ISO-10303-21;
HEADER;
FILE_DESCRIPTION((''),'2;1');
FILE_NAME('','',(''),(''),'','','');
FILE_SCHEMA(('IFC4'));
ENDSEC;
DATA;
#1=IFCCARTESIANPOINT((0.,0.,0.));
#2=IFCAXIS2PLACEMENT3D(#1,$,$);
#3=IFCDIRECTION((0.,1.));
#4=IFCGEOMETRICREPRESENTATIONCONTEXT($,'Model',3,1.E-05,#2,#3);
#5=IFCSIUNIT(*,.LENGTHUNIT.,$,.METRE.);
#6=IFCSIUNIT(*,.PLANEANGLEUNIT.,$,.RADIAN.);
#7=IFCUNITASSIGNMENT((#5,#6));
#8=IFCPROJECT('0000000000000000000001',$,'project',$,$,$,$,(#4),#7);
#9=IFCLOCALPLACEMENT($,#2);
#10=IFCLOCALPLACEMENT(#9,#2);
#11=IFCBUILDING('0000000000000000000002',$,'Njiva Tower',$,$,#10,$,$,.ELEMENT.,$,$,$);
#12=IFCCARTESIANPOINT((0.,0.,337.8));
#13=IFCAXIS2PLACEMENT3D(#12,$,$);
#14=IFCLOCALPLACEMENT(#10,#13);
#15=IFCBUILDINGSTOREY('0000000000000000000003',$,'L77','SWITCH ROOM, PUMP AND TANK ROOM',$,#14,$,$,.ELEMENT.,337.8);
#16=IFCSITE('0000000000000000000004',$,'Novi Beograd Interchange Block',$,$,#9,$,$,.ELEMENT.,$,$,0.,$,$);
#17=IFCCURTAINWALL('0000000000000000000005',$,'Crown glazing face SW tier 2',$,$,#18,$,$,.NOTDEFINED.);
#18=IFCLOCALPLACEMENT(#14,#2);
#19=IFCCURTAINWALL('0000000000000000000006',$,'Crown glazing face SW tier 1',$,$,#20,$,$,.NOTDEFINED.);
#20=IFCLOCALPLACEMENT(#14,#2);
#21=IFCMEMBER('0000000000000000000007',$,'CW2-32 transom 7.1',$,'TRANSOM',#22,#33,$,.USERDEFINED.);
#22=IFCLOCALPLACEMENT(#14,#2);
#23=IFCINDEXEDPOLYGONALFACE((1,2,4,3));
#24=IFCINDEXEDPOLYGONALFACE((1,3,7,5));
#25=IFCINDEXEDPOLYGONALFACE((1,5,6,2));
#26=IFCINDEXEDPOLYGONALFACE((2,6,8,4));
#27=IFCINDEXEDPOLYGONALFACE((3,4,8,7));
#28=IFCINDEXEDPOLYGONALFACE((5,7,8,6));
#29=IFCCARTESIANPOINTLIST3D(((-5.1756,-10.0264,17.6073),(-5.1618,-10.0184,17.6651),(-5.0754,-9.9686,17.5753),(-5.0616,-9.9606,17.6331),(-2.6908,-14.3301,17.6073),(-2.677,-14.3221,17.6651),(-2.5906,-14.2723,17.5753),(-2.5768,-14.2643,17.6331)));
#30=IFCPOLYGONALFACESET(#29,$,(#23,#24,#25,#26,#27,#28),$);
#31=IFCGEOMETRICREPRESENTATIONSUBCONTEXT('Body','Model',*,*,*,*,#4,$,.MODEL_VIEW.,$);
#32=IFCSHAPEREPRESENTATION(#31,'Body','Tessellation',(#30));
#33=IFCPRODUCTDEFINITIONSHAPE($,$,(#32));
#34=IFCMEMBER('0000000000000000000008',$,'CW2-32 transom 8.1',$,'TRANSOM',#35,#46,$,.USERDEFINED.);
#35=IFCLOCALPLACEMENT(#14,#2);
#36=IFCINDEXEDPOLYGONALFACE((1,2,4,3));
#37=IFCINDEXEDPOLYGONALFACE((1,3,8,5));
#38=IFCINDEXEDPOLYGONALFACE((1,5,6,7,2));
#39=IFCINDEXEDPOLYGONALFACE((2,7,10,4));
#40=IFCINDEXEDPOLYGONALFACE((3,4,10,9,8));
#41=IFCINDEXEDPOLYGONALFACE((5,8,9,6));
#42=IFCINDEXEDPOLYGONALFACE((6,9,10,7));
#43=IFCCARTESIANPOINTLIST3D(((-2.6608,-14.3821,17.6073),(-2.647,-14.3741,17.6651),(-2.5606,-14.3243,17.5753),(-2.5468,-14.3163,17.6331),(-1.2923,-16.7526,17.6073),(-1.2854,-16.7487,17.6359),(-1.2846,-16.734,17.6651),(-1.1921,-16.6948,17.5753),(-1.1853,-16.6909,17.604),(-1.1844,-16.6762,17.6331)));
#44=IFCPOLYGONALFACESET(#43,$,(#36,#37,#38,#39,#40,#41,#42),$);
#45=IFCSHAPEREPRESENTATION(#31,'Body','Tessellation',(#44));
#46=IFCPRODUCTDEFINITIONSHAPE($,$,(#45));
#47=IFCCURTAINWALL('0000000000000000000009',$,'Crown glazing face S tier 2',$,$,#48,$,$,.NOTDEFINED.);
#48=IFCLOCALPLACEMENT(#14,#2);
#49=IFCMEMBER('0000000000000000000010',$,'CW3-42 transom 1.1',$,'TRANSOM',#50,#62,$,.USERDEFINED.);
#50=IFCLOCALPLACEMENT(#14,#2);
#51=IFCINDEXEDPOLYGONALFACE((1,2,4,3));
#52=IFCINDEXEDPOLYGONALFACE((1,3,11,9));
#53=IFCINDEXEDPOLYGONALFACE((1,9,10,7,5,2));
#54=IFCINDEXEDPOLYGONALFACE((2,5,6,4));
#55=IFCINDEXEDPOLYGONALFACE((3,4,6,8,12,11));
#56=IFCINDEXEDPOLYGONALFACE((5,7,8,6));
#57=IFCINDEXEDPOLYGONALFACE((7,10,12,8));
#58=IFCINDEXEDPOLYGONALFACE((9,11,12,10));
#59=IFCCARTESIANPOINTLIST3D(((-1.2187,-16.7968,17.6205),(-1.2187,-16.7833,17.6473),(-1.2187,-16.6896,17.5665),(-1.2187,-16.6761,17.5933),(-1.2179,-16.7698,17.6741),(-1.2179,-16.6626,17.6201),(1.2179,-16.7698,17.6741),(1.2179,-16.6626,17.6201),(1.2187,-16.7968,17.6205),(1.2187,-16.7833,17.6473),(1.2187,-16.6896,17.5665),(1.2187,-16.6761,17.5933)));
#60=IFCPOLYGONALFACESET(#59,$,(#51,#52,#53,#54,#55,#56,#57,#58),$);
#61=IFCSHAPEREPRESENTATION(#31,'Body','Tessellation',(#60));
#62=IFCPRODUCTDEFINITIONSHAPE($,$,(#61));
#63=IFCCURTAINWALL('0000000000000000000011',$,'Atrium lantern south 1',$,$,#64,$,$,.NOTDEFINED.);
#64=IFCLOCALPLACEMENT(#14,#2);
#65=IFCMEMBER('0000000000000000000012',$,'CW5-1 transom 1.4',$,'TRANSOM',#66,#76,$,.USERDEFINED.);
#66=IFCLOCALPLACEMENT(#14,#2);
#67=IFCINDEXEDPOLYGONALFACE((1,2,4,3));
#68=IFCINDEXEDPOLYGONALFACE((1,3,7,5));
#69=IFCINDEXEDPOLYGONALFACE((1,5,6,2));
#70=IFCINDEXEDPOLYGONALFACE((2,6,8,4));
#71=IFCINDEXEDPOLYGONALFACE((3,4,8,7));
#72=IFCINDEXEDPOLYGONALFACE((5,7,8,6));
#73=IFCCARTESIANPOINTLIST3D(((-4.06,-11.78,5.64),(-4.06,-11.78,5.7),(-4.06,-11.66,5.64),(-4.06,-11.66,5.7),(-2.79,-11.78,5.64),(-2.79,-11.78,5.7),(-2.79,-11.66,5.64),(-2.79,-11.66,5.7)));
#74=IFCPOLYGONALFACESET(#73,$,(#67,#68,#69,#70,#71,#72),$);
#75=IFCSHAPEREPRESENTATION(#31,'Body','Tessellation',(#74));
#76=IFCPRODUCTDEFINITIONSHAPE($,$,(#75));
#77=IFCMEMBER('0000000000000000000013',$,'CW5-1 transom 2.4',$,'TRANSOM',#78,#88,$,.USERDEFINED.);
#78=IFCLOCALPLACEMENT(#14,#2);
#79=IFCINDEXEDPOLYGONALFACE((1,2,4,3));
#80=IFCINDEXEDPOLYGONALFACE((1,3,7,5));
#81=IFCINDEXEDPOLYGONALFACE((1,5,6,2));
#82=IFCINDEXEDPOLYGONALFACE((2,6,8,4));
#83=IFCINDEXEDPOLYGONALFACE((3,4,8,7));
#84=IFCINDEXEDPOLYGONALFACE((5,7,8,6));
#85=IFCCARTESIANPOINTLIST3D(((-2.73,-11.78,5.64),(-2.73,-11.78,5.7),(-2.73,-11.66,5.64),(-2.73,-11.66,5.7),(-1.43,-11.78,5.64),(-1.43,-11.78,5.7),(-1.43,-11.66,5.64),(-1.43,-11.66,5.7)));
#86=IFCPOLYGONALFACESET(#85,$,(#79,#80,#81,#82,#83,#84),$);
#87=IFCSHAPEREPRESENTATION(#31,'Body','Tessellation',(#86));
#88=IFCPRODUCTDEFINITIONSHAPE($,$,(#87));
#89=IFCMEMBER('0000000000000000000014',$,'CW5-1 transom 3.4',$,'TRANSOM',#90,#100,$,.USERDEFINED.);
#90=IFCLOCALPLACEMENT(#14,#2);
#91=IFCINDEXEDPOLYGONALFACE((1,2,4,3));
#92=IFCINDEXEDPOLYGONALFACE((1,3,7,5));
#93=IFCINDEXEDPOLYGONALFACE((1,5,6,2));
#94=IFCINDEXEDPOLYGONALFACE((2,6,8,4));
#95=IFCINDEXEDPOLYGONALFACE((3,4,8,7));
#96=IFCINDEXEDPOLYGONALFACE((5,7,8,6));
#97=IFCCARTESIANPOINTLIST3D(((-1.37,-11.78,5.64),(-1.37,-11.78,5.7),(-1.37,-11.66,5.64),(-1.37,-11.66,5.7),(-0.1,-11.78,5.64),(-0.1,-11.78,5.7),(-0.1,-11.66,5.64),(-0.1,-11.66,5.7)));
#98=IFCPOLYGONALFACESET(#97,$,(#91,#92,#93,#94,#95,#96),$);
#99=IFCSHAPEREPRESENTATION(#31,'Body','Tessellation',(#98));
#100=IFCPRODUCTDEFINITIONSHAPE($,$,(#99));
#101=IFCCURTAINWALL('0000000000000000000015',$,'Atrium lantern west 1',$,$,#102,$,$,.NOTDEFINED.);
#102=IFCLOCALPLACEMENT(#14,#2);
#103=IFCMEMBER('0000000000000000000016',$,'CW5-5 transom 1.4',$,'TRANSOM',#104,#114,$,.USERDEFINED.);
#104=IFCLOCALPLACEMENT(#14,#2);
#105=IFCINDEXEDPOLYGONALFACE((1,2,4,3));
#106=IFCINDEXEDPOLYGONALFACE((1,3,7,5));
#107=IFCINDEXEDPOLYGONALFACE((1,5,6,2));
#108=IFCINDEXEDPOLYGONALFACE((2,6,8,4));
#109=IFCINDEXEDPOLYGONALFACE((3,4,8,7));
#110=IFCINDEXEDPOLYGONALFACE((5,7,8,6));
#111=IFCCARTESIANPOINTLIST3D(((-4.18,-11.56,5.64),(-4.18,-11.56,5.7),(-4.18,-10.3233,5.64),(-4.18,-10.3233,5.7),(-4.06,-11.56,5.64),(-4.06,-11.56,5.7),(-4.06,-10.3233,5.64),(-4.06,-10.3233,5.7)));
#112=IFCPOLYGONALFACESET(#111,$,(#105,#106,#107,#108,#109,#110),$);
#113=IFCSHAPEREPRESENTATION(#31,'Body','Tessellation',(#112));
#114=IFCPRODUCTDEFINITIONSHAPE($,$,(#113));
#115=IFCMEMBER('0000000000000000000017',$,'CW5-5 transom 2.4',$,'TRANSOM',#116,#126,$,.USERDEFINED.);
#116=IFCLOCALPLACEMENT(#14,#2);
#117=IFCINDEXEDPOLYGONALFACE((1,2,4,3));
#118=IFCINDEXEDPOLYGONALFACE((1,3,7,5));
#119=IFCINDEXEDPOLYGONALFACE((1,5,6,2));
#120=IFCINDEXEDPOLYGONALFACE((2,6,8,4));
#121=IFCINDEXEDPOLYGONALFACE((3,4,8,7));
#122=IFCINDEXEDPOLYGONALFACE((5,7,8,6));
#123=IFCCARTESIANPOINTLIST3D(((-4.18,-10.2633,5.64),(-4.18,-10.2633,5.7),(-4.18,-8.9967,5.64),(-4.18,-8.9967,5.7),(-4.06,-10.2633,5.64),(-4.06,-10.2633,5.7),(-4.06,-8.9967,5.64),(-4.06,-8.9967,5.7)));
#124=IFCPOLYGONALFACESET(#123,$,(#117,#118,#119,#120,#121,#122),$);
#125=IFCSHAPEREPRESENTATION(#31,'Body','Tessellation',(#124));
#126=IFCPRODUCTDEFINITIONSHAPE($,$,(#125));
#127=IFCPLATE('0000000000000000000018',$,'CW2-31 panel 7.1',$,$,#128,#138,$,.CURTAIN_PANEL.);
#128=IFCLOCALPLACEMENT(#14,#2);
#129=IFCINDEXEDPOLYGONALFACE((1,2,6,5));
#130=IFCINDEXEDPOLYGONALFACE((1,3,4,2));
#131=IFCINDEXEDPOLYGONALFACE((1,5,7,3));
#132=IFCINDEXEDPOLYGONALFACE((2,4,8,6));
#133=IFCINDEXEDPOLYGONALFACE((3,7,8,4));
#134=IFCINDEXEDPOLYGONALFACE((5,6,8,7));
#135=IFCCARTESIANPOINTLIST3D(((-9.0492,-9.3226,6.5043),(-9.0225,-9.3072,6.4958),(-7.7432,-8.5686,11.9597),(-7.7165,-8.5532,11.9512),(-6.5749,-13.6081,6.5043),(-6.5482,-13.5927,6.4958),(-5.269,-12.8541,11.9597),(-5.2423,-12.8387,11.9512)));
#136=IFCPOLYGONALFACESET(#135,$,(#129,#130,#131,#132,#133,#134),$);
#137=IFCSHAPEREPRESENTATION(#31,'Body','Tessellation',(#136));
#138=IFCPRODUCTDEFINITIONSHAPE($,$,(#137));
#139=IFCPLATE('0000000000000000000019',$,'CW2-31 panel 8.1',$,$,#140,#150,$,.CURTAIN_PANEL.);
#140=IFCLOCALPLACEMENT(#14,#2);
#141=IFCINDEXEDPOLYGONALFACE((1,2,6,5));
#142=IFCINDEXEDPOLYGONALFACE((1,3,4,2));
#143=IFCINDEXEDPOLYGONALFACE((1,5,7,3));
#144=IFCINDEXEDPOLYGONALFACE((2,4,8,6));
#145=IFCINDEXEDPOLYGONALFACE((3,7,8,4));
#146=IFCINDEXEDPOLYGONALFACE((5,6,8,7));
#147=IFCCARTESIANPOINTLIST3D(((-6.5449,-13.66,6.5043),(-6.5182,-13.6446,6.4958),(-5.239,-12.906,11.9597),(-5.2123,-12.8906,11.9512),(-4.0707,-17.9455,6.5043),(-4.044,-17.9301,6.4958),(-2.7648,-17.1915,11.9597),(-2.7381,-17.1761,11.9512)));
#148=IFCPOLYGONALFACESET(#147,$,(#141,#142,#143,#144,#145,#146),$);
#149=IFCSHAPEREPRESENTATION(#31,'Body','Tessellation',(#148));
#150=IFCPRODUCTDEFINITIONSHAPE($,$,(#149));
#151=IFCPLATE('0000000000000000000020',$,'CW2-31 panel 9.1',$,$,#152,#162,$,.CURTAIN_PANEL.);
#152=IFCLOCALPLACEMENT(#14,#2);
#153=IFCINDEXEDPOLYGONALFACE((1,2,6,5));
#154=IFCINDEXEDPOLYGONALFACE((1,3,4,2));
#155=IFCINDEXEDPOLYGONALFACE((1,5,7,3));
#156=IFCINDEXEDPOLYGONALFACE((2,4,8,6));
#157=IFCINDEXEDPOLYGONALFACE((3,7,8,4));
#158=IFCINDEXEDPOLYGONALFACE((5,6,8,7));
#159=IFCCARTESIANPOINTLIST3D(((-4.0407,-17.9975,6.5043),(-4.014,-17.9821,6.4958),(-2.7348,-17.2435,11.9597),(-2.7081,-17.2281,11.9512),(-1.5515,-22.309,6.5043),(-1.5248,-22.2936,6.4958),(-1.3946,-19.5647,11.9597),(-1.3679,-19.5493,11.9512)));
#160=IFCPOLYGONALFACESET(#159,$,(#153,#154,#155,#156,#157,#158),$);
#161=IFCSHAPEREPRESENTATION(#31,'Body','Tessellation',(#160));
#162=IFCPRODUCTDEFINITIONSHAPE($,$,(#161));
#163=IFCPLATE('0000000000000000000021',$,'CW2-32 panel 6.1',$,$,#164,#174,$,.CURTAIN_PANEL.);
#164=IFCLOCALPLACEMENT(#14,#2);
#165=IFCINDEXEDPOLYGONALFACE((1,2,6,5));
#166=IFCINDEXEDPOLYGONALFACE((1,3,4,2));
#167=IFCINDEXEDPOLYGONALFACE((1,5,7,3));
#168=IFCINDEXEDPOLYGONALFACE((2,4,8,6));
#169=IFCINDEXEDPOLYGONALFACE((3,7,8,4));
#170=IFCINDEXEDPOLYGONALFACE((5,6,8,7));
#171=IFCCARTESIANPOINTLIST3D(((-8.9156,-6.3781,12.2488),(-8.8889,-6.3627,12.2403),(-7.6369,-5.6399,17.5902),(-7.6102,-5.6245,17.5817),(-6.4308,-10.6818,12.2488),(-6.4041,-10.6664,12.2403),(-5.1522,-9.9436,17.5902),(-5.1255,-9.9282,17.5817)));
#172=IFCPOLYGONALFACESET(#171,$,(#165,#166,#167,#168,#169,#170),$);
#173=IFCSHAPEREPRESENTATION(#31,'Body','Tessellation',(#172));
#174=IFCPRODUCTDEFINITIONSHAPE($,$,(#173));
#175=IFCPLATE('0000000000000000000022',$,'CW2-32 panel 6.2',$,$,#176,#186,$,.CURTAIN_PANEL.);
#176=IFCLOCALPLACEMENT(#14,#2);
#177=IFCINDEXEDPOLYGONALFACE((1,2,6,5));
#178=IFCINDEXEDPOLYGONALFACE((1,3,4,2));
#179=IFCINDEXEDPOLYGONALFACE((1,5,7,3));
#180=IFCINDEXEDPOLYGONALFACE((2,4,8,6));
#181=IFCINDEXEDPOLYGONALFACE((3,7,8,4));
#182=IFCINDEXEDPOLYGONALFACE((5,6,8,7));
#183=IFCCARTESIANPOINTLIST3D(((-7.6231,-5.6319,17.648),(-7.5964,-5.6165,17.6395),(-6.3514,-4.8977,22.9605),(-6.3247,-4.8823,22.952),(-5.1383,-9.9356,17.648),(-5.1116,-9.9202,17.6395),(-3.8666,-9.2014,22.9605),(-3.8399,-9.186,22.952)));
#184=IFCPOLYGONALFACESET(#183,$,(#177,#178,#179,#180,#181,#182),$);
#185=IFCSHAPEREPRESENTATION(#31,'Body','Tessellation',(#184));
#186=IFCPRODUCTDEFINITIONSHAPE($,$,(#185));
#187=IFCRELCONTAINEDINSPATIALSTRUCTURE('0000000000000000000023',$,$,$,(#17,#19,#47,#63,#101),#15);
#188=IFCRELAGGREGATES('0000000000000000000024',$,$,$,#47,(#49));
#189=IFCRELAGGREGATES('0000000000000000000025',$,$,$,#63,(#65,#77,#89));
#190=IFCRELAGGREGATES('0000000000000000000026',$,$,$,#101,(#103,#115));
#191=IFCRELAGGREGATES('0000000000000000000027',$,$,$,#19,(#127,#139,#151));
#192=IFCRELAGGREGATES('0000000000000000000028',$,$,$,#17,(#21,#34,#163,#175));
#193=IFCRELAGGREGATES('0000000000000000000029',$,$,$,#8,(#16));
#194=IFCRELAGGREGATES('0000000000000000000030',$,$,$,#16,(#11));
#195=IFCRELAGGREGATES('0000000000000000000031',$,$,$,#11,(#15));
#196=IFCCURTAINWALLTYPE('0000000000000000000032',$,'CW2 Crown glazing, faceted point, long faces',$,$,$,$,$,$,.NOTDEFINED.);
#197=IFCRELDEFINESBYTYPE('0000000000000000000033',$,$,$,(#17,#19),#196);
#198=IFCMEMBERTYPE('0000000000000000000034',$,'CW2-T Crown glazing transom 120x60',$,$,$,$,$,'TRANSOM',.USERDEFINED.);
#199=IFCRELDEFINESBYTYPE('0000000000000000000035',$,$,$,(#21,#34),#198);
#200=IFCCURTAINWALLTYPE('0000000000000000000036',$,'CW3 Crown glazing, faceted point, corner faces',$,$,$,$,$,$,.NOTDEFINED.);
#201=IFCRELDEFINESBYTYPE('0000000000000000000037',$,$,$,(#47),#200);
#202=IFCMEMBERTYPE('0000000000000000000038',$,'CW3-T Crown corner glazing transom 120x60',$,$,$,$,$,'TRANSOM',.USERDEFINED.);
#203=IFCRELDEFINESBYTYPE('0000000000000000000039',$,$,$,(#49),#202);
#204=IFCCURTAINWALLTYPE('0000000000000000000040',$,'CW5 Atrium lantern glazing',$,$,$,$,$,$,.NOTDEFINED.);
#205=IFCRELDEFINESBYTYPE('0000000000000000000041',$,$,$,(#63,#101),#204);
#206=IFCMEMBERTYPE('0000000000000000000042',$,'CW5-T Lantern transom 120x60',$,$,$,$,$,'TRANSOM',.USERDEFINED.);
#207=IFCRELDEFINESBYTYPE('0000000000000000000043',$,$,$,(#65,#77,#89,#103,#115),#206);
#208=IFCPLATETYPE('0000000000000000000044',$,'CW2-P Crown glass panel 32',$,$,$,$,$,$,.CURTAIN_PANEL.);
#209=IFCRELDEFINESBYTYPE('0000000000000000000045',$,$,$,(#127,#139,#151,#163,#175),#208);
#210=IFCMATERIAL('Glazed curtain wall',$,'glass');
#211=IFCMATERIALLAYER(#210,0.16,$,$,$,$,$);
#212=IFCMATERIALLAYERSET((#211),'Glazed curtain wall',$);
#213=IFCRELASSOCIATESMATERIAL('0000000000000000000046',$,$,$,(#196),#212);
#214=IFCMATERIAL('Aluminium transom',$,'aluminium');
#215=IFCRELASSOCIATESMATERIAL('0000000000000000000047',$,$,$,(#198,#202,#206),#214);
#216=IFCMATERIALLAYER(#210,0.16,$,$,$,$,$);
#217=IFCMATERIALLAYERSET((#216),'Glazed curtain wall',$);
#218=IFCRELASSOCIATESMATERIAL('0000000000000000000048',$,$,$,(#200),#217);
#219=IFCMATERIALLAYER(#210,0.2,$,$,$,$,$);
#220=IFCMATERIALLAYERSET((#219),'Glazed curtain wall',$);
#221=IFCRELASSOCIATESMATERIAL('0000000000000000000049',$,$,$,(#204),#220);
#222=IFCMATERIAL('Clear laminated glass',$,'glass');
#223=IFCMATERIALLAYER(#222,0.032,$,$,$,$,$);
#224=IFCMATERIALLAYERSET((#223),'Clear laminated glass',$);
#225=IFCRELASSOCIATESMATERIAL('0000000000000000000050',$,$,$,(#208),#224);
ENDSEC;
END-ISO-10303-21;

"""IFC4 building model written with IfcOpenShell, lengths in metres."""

from ifc_helpers import new_model, si_unit, direction, frame, origin, origin_2d, place, context, subcontext, project, spatial, polyline, rectangle, outline, extrude, clip, halfspace, material, layer, layer_set, material_profile, profile_set, type_object, element, aggregate, save


model = new_model("IFC4")

# Units and contexts
model_context = context("Model", 3, precision=1e-05, world=origin(), true_north=direction((0.0, 1.0)))
body_context = subcontext(model_context, "Body", "Model", "MODEL_VIEW")
ifc_project = project(units=[si_unit("LENGTHUNIT", "METRE"), si_unit("PLANEANGLEUNIT", "RADIAN")], contexts=[model_context])

# Site, building, storey
site_placement = place(None, origin())
site = spatial("IfcSite", under=ifc_project, at=site_placement, Name="Novi Beograd Interchange Block", CompositionType="ELEMENT", RefElevation=0.0)
building_placement = place(site_placement, origin())
building = spatial("IfcBuilding", under=site, at=building_placement, Name="Njiva Tower", CompositionType="ELEMENT")
storey_placement = place(building_placement, frame((0.0, 0.0, 337.8)))
storey = spatial("IfcBuildingStorey", under=building, at=storey_placement, Name="L77", Description="SWITCH ROOM, PUMP AND TANK ROOM", CompositionType="ELEMENT", Elevation=337.8)

# Curtain wall
ifc_material_1 = material(Name="Glazed curtain wall", Category="glass")
ifc_layer_1 = layer(ifc_material_1, 0.16)
ifc_layer_set_1 = layer_set([ifc_layer_1], Name="Glazed curtain wall")
curtain_wall_type_1 = type_object("IfcCurtainWallType", Name="CW2 Crown glazing, faceted point, long faces", PredefinedType="NOTDEFINED", material=ifc_layer_set_1)
curtain_wall_1_placement = place(storey_placement, origin())
curtain_wall_1 = element("IfcCurtainWall", 1, at=curtain_wall_1_placement, inside=storey, type_object=curtain_wall_type_1, Name="Crown glazing face SW tier 2", PredefinedType="NOTDEFINED")

# Curtain wall
curtain_wall_2_placement = place(storey_placement, origin())
curtain_wall_2 = element("IfcCurtainWall", 2, at=curtain_wall_2_placement, inside=storey, type_object=curtain_wall_type_1, Name="Crown glazing face SW tier 1", PredefinedType="NOTDEFINED")

# Members
ifc_material_2 = material(Name="Aluminium transom", Category="aluminium")
ifc_material_profile_1 = material_profile(ifc_material_2, rectangle(XDim=0.12, YDim=0.06, at=origin_2d()), Name="RECT 120x60")
ifc_profile_set_1 = profile_set([ifc_material_profile_1], Name="Aluminium transom")
member_type_1 = type_object("IfcMemberType", Name="CW2-T Crown glazing transom 120x60", ElementType="TRANSOM", PredefinedType="USERDEFINED", material=ifc_profile_set_1)
member_1_placement = place(storey_placement, frame((-5.1186, -9.9935, 17.6202), z_axis=(0.500009, -0.86602, 0.0), x_axis=(-0.834718, -0.481936, 0.266428)))
member_1 = element("IfcMember", 3, at=member_1_placement, type_object=member_type_1, Name="CW2-32 transom 7.1", ObjectType="TRANSOM", PredefinedType="USERDEFINED", context=body_context, shape_type="SweptSolid", body=[
    extrude(rectangle(XDim=0.12, YDim=0.06, at=origin_2d()), origin(), (0.0, 0.0, 1.0), 4.9695),
])
member_2_placement = place(storey_placement, frame((-2.6038, -14.3492, 17.6202), z_axis=(0.49997, -0.866043, 0.0), x_axis=(-0.834739, -0.481899, 0.266428)))
member_2 = element("IfcMember", 4, at=member_2_placement, type_object=member_type_1, Name="CW2-32 transom 8.1", ObjectType="TRANSOM", PredefinedType="USERDEFINED", context=body_context, shape_type="Clipping", body=[
    clip(extrude(rectangle(XDim=0.12, YDim=0.06, at=origin_2d()), origin(), (0.0, 0.0, 1.0), 2.7372), halfspace(frame((0.0599, 0.0, 2.7371), z_axis=(-0.000031, -0.376223, 0.926529), x_axis=(0.0, 0.926529, 0.376223)), False)),
])

# Curtain wall, member
ifc_layer_2 = layer(ifc_material_1, 0.16)
ifc_layer_set_2 = layer_set([ifc_layer_2], Name="Glazed curtain wall")
curtain_wall_type_2 = type_object("IfcCurtainWallType", Name="CW3 Crown glazing, faceted point, corner faces", PredefinedType="NOTDEFINED", material=ifc_layer_set_2)
curtain_wall_3_placement = place(storey_placement, origin())
curtain_wall_3 = element("IfcCurtainWall", 5, at=curtain_wall_3_placement, inside=storey, type_object=curtain_wall_type_2, Name="Crown glazing face S tier 2", PredefinedType="NOTDEFINED")
ifc_material_profile_2 = material_profile(ifc_material_2, rectangle(XDim=0.12, YDim=0.06, at=origin_2d()), Name="RECT 120x60")
ifc_profile_set_2 = profile_set([ifc_material_profile_2], Name="Aluminium transom")
member_type_2 = type_object("IfcMemberType", Name="CW3-T Crown corner glazing transom 120x60", ElementType="TRANSOM", PredefinedType="USERDEFINED", material=ifc_profile_set_2)
member_3_placement = place(storey_placement, frame((-1.2187, -16.7297, 17.6203), z_axis=(1.0, 0.0, 0.0), x_axis=(0.0, -0.893337, 0.449387)))
member_3 = element("IfcMember", 6, at=member_3_placement, type_object=member_type_2, Name="CW3-42 transom 1.1", ObjectType="TRANSOM", PredefinedType="USERDEFINED", context=body_context, shape_type="Clipping", body=[
    clip(clip(extrude(rectangle(XDim=0.12, YDim=0.06, at=origin_2d()), origin(), (0.0, 0.0, 1.0), 2.4374), halfspace(frame((0.06, 0.0, 0.0), z_axis=(0.0, -0.025675, -0.99967), x_axis=(0.0, -0.99967, 0.025675)), False)), halfspace(frame((0.06, 0.0, 2.4374), z_axis=(0.0, -0.025675, 0.99967), x_axis=(0.0, 0.99967, 0.025675)), False)),
])
aggregate(curtain_wall_3, [member_3])

# Curtain walls, members
ifc_layer_3 = layer(ifc_material_1, 0.2)
ifc_layer_set_3 = layer_set([ifc_layer_3], Name="Glazed curtain wall")
curtain_wall_type_3 = type_object("IfcCurtainWallType", Name="CW5 Atrium lantern glazing", PredefinedType="NOTDEFINED", material=ifc_layer_set_3)
curtain_wall_4_placement = place(storey_placement, origin())
curtain_wall_4 = element("IfcCurtainWall", 7, at=curtain_wall_4_placement, inside=storey, type_object=curtain_wall_type_3, Name="Atrium lantern south 1", PredefinedType="NOTDEFINED")
ifc_material_profile_3 = material_profile(ifc_material_2, rectangle(XDim=0.12, YDim=0.06, at=origin_2d()), Name="RECT 120x60")
ifc_profile_set_3 = profile_set([ifc_material_profile_3], Name="Aluminium transom")
member_type_3 = type_object("IfcMemberType", Name="CW5-T Lantern transom 120x60", ElementType="TRANSOM", PredefinedType="USERDEFINED", material=ifc_profile_set_3)
member_4_placement = place(storey_placement, frame((-4.06, -11.72, 5.67), z_axis=(1.0, 0.0, 0.0), x_axis=(0.0, 1.0, 0.0)))
member_4 = element("IfcMember", 8, at=member_4_placement, type_object=member_type_3, Name="CW5-1 transom 1.4", ObjectType="TRANSOM", PredefinedType="USERDEFINED", context=body_context, shape_type="SweptSolid", body=[
    extrude(rectangle(XDim=0.12, YDim=0.06, at=origin_2d()), origin(), (0.0, 0.0, 1.0), 1.27),
])
member_5_placement = place(storey_placement, frame((-2.73, -11.72, 5.67), z_axis=(1.0, 0.0, 0.0), x_axis=(0.0, 1.0, 0.0)))
member_5 = element("IfcMember", 9, at=member_5_placement, type_object=member_type_3, Name="CW5-1 transom 2.4", ObjectType="TRANSOM", PredefinedType="USERDEFINED", context=body_context, shape_type="SweptSolid", body=[
    extrude(rectangle(XDim=0.12, YDim=0.06, at=origin_2d()), origin(), (0.0, 0.0, 1.0), 1.3),
])
member_6_placement = place(storey_placement, frame((-1.37, -11.72, 5.67), z_axis=(1.0, 0.0, 0.0), x_axis=(0.0, 1.0, 0.0)))
member_6 = element("IfcMember", 10, at=member_6_placement, type_object=member_type_3, Name="CW5-1 transom 3.4", ObjectType="TRANSOM", PredefinedType="USERDEFINED", context=body_context, shape_type="SweptSolid", body=[
    extrude(rectangle(XDim=0.12, YDim=0.06, at=origin_2d()), origin(), (0.0, 0.0, 1.0), 1.27),
])
aggregate(curtain_wall_4, [member_4, member_5, member_6])
curtain_wall_5_placement = place(storey_placement, origin())
curtain_wall_5 = element("IfcCurtainWall", 11, at=curtain_wall_5_placement, inside=storey, type_object=curtain_wall_type_3, Name="Atrium lantern west 1", PredefinedType="NOTDEFINED")
member_7_placement = place(storey_placement, frame((-4.12, -11.56, 5.67), z_axis=(0.0, 1.0, 0.0), x_axis=(-1.0, 0.0, 0.0)))
member_7 = element("IfcMember", 12, at=member_7_placement, type_object=member_type_3, Name="CW5-5 transom 1.4", ObjectType="TRANSOM", PredefinedType="USERDEFINED", context=body_context, shape_type="SweptSolid", body=[
    extrude(rectangle(XDim=0.12, YDim=0.06, at=origin_2d()), origin(), (0.0, 0.0, 1.0), 1.2367),
])
member_8_placement = place(storey_placement, frame((-4.12, -10.2633, 5.67), z_axis=(0.0, 1.0, 0.0), x_axis=(-1.0, 0.0, 0.0)))
member_8 = element("IfcMember", 13, at=member_8_placement, type_object=member_type_3, Name="CW5-5 transom 2.4", ObjectType="TRANSOM", PredefinedType="USERDEFINED", context=body_context, shape_type="SweptSolid", body=[
    extrude(rectangle(XDim=0.12, YDim=0.06, at=origin_2d()), origin(), (0.0, 0.0, 1.0), 1.2666),
])
aggregate(curtain_wall_5, [member_7, member_8])

# Plates
ifc_material_3 = material(Name="Clear laminated glass", Category="glass")
ifc_layer_4 = layer(ifc_material_3, 0.032)
ifc_layer_set_4 = layer_set([ifc_layer_4], Name="Clear laminated glass")
plate_type_1 = type_object("IfcPlateType", Name="CW2-P Crown glass panel 32", PredefinedType="CURTAIN_PANEL", material=ifc_layer_set_4)
plate_1_placement = place(storey_placement, frame((-6.5749, -13.6081, 6.5043), z_axis=(-0.834721, -0.481929, 0.266429), x_axis=(0.230732, 0.13322, 0.963854)))
plate_1 = element("IfcPlate", 14, at=plate_1_placement, type_object=plate_type_1, Name="CW2-31 panel 7.1", PredefinedType="CURTAIN_PANEL", context=body_context, shape_type="SweptSolid", body=[
    extrude(outline(polyline([(0.0, 0.0), (5.66, 0.0), (5.66, 4.9485), (0.0, 4.9485), (0.0, 0.0)])), origin(), (0.0, 0.0, -1.0), 0.032),
])
plate_2_placement = place(storey_placement, frame((-4.0707, -17.9455, 6.5043), z_axis=(-0.834727, -0.481923, 0.266422), x_axis=(0.230726, 0.133216, 0.963856)))
plate_2 = element("IfcPlate", 15, at=plate_2_placement, type_object=plate_type_1, Name="CW2-31 panel 8.1", PredefinedType="CURTAIN_PANEL", context=body_context, shape_type="SweptSolid", body=[
    extrude(outline(polyline([(0.0, 0.0), (5.66, 0.0), (5.66, 4.9485), (0.0, 4.9485), (0.0, 0.0)])), origin(), (0.0, 0.0, -1.0), 0.032),
])
plate_3_placement = place(storey_placement, frame((-2.7348, -17.2435, 11.9597), z_axis=(-0.834722, -0.481928, 0.26643), x_axis=(-0.230732, -0.13322, -0.963854)))
plate_3 = element("IfcPlate", 16, at=plate_3_placement, type_object=plate_type_1, Name="CW2-31 panel 9.1", PredefinedType="CURTAIN_PANEL", context=body_context, shape_type="SweptSolid", body=[
    extrude(outline(polyline([(0.0, 0.0), (5.66, 0.0), (5.66, 4.9785), (0.0, 2.6803), (0.0, 0.0)])), origin(), (0.0, 0.0, -1.0), 0.032),
])
aggregate(curtain_wall_2, [plate_1, plate_2, plate_3])
plate_4_placement = place(storey_placement, frame((-6.4308, -10.6818, 12.2488), z_axis=(-0.834723, -0.481929, 0.266424), x_axis=(0.23073, 0.133212, 0.963856)))
plate_4 = element("IfcPlate", 17, at=plate_4_placement, type_object=plate_type_1, Name="CW2-32 panel 6.1", PredefinedType="CURTAIN_PANEL", context=body_context, shape_type="SweptSolid", body=[
    extrude(outline(polyline([(0.0, 0.0), (5.5417, 0.0), (5.5417, 4.9695), (0.0, 4.9695), (0.0, 0.0)])), origin(), (0.0, 0.0, -1.0), 0.032),
])
plate_5_placement = place(storey_placement, frame((-5.1383, -9.9356, 17.648), z_axis=(-0.83472, -0.481937, 0.266419), x_axis=(0.230727, 0.133207, 0.963857)))
plate_5 = element("IfcPlate", 18, at=plate_5_placement, type_object=plate_type_1, Name="CW2-32 panel 6.2", PredefinedType="CURTAIN_PANEL", context=body_context, shape_type="SweptSolid", body=[
    extrude(outline(polyline([(0.0, 0.0), (5.5117, 0.0), (5.5117, 4.9695), (0.0, 4.9695), (0.0, 0.0)])), origin(), (0.0, 0.0, -1.0), 0.032),
])
aggregate(curtain_wall_1, [member_1, member_2, plate_4, plate_5])

save(model, "model.ifc")
